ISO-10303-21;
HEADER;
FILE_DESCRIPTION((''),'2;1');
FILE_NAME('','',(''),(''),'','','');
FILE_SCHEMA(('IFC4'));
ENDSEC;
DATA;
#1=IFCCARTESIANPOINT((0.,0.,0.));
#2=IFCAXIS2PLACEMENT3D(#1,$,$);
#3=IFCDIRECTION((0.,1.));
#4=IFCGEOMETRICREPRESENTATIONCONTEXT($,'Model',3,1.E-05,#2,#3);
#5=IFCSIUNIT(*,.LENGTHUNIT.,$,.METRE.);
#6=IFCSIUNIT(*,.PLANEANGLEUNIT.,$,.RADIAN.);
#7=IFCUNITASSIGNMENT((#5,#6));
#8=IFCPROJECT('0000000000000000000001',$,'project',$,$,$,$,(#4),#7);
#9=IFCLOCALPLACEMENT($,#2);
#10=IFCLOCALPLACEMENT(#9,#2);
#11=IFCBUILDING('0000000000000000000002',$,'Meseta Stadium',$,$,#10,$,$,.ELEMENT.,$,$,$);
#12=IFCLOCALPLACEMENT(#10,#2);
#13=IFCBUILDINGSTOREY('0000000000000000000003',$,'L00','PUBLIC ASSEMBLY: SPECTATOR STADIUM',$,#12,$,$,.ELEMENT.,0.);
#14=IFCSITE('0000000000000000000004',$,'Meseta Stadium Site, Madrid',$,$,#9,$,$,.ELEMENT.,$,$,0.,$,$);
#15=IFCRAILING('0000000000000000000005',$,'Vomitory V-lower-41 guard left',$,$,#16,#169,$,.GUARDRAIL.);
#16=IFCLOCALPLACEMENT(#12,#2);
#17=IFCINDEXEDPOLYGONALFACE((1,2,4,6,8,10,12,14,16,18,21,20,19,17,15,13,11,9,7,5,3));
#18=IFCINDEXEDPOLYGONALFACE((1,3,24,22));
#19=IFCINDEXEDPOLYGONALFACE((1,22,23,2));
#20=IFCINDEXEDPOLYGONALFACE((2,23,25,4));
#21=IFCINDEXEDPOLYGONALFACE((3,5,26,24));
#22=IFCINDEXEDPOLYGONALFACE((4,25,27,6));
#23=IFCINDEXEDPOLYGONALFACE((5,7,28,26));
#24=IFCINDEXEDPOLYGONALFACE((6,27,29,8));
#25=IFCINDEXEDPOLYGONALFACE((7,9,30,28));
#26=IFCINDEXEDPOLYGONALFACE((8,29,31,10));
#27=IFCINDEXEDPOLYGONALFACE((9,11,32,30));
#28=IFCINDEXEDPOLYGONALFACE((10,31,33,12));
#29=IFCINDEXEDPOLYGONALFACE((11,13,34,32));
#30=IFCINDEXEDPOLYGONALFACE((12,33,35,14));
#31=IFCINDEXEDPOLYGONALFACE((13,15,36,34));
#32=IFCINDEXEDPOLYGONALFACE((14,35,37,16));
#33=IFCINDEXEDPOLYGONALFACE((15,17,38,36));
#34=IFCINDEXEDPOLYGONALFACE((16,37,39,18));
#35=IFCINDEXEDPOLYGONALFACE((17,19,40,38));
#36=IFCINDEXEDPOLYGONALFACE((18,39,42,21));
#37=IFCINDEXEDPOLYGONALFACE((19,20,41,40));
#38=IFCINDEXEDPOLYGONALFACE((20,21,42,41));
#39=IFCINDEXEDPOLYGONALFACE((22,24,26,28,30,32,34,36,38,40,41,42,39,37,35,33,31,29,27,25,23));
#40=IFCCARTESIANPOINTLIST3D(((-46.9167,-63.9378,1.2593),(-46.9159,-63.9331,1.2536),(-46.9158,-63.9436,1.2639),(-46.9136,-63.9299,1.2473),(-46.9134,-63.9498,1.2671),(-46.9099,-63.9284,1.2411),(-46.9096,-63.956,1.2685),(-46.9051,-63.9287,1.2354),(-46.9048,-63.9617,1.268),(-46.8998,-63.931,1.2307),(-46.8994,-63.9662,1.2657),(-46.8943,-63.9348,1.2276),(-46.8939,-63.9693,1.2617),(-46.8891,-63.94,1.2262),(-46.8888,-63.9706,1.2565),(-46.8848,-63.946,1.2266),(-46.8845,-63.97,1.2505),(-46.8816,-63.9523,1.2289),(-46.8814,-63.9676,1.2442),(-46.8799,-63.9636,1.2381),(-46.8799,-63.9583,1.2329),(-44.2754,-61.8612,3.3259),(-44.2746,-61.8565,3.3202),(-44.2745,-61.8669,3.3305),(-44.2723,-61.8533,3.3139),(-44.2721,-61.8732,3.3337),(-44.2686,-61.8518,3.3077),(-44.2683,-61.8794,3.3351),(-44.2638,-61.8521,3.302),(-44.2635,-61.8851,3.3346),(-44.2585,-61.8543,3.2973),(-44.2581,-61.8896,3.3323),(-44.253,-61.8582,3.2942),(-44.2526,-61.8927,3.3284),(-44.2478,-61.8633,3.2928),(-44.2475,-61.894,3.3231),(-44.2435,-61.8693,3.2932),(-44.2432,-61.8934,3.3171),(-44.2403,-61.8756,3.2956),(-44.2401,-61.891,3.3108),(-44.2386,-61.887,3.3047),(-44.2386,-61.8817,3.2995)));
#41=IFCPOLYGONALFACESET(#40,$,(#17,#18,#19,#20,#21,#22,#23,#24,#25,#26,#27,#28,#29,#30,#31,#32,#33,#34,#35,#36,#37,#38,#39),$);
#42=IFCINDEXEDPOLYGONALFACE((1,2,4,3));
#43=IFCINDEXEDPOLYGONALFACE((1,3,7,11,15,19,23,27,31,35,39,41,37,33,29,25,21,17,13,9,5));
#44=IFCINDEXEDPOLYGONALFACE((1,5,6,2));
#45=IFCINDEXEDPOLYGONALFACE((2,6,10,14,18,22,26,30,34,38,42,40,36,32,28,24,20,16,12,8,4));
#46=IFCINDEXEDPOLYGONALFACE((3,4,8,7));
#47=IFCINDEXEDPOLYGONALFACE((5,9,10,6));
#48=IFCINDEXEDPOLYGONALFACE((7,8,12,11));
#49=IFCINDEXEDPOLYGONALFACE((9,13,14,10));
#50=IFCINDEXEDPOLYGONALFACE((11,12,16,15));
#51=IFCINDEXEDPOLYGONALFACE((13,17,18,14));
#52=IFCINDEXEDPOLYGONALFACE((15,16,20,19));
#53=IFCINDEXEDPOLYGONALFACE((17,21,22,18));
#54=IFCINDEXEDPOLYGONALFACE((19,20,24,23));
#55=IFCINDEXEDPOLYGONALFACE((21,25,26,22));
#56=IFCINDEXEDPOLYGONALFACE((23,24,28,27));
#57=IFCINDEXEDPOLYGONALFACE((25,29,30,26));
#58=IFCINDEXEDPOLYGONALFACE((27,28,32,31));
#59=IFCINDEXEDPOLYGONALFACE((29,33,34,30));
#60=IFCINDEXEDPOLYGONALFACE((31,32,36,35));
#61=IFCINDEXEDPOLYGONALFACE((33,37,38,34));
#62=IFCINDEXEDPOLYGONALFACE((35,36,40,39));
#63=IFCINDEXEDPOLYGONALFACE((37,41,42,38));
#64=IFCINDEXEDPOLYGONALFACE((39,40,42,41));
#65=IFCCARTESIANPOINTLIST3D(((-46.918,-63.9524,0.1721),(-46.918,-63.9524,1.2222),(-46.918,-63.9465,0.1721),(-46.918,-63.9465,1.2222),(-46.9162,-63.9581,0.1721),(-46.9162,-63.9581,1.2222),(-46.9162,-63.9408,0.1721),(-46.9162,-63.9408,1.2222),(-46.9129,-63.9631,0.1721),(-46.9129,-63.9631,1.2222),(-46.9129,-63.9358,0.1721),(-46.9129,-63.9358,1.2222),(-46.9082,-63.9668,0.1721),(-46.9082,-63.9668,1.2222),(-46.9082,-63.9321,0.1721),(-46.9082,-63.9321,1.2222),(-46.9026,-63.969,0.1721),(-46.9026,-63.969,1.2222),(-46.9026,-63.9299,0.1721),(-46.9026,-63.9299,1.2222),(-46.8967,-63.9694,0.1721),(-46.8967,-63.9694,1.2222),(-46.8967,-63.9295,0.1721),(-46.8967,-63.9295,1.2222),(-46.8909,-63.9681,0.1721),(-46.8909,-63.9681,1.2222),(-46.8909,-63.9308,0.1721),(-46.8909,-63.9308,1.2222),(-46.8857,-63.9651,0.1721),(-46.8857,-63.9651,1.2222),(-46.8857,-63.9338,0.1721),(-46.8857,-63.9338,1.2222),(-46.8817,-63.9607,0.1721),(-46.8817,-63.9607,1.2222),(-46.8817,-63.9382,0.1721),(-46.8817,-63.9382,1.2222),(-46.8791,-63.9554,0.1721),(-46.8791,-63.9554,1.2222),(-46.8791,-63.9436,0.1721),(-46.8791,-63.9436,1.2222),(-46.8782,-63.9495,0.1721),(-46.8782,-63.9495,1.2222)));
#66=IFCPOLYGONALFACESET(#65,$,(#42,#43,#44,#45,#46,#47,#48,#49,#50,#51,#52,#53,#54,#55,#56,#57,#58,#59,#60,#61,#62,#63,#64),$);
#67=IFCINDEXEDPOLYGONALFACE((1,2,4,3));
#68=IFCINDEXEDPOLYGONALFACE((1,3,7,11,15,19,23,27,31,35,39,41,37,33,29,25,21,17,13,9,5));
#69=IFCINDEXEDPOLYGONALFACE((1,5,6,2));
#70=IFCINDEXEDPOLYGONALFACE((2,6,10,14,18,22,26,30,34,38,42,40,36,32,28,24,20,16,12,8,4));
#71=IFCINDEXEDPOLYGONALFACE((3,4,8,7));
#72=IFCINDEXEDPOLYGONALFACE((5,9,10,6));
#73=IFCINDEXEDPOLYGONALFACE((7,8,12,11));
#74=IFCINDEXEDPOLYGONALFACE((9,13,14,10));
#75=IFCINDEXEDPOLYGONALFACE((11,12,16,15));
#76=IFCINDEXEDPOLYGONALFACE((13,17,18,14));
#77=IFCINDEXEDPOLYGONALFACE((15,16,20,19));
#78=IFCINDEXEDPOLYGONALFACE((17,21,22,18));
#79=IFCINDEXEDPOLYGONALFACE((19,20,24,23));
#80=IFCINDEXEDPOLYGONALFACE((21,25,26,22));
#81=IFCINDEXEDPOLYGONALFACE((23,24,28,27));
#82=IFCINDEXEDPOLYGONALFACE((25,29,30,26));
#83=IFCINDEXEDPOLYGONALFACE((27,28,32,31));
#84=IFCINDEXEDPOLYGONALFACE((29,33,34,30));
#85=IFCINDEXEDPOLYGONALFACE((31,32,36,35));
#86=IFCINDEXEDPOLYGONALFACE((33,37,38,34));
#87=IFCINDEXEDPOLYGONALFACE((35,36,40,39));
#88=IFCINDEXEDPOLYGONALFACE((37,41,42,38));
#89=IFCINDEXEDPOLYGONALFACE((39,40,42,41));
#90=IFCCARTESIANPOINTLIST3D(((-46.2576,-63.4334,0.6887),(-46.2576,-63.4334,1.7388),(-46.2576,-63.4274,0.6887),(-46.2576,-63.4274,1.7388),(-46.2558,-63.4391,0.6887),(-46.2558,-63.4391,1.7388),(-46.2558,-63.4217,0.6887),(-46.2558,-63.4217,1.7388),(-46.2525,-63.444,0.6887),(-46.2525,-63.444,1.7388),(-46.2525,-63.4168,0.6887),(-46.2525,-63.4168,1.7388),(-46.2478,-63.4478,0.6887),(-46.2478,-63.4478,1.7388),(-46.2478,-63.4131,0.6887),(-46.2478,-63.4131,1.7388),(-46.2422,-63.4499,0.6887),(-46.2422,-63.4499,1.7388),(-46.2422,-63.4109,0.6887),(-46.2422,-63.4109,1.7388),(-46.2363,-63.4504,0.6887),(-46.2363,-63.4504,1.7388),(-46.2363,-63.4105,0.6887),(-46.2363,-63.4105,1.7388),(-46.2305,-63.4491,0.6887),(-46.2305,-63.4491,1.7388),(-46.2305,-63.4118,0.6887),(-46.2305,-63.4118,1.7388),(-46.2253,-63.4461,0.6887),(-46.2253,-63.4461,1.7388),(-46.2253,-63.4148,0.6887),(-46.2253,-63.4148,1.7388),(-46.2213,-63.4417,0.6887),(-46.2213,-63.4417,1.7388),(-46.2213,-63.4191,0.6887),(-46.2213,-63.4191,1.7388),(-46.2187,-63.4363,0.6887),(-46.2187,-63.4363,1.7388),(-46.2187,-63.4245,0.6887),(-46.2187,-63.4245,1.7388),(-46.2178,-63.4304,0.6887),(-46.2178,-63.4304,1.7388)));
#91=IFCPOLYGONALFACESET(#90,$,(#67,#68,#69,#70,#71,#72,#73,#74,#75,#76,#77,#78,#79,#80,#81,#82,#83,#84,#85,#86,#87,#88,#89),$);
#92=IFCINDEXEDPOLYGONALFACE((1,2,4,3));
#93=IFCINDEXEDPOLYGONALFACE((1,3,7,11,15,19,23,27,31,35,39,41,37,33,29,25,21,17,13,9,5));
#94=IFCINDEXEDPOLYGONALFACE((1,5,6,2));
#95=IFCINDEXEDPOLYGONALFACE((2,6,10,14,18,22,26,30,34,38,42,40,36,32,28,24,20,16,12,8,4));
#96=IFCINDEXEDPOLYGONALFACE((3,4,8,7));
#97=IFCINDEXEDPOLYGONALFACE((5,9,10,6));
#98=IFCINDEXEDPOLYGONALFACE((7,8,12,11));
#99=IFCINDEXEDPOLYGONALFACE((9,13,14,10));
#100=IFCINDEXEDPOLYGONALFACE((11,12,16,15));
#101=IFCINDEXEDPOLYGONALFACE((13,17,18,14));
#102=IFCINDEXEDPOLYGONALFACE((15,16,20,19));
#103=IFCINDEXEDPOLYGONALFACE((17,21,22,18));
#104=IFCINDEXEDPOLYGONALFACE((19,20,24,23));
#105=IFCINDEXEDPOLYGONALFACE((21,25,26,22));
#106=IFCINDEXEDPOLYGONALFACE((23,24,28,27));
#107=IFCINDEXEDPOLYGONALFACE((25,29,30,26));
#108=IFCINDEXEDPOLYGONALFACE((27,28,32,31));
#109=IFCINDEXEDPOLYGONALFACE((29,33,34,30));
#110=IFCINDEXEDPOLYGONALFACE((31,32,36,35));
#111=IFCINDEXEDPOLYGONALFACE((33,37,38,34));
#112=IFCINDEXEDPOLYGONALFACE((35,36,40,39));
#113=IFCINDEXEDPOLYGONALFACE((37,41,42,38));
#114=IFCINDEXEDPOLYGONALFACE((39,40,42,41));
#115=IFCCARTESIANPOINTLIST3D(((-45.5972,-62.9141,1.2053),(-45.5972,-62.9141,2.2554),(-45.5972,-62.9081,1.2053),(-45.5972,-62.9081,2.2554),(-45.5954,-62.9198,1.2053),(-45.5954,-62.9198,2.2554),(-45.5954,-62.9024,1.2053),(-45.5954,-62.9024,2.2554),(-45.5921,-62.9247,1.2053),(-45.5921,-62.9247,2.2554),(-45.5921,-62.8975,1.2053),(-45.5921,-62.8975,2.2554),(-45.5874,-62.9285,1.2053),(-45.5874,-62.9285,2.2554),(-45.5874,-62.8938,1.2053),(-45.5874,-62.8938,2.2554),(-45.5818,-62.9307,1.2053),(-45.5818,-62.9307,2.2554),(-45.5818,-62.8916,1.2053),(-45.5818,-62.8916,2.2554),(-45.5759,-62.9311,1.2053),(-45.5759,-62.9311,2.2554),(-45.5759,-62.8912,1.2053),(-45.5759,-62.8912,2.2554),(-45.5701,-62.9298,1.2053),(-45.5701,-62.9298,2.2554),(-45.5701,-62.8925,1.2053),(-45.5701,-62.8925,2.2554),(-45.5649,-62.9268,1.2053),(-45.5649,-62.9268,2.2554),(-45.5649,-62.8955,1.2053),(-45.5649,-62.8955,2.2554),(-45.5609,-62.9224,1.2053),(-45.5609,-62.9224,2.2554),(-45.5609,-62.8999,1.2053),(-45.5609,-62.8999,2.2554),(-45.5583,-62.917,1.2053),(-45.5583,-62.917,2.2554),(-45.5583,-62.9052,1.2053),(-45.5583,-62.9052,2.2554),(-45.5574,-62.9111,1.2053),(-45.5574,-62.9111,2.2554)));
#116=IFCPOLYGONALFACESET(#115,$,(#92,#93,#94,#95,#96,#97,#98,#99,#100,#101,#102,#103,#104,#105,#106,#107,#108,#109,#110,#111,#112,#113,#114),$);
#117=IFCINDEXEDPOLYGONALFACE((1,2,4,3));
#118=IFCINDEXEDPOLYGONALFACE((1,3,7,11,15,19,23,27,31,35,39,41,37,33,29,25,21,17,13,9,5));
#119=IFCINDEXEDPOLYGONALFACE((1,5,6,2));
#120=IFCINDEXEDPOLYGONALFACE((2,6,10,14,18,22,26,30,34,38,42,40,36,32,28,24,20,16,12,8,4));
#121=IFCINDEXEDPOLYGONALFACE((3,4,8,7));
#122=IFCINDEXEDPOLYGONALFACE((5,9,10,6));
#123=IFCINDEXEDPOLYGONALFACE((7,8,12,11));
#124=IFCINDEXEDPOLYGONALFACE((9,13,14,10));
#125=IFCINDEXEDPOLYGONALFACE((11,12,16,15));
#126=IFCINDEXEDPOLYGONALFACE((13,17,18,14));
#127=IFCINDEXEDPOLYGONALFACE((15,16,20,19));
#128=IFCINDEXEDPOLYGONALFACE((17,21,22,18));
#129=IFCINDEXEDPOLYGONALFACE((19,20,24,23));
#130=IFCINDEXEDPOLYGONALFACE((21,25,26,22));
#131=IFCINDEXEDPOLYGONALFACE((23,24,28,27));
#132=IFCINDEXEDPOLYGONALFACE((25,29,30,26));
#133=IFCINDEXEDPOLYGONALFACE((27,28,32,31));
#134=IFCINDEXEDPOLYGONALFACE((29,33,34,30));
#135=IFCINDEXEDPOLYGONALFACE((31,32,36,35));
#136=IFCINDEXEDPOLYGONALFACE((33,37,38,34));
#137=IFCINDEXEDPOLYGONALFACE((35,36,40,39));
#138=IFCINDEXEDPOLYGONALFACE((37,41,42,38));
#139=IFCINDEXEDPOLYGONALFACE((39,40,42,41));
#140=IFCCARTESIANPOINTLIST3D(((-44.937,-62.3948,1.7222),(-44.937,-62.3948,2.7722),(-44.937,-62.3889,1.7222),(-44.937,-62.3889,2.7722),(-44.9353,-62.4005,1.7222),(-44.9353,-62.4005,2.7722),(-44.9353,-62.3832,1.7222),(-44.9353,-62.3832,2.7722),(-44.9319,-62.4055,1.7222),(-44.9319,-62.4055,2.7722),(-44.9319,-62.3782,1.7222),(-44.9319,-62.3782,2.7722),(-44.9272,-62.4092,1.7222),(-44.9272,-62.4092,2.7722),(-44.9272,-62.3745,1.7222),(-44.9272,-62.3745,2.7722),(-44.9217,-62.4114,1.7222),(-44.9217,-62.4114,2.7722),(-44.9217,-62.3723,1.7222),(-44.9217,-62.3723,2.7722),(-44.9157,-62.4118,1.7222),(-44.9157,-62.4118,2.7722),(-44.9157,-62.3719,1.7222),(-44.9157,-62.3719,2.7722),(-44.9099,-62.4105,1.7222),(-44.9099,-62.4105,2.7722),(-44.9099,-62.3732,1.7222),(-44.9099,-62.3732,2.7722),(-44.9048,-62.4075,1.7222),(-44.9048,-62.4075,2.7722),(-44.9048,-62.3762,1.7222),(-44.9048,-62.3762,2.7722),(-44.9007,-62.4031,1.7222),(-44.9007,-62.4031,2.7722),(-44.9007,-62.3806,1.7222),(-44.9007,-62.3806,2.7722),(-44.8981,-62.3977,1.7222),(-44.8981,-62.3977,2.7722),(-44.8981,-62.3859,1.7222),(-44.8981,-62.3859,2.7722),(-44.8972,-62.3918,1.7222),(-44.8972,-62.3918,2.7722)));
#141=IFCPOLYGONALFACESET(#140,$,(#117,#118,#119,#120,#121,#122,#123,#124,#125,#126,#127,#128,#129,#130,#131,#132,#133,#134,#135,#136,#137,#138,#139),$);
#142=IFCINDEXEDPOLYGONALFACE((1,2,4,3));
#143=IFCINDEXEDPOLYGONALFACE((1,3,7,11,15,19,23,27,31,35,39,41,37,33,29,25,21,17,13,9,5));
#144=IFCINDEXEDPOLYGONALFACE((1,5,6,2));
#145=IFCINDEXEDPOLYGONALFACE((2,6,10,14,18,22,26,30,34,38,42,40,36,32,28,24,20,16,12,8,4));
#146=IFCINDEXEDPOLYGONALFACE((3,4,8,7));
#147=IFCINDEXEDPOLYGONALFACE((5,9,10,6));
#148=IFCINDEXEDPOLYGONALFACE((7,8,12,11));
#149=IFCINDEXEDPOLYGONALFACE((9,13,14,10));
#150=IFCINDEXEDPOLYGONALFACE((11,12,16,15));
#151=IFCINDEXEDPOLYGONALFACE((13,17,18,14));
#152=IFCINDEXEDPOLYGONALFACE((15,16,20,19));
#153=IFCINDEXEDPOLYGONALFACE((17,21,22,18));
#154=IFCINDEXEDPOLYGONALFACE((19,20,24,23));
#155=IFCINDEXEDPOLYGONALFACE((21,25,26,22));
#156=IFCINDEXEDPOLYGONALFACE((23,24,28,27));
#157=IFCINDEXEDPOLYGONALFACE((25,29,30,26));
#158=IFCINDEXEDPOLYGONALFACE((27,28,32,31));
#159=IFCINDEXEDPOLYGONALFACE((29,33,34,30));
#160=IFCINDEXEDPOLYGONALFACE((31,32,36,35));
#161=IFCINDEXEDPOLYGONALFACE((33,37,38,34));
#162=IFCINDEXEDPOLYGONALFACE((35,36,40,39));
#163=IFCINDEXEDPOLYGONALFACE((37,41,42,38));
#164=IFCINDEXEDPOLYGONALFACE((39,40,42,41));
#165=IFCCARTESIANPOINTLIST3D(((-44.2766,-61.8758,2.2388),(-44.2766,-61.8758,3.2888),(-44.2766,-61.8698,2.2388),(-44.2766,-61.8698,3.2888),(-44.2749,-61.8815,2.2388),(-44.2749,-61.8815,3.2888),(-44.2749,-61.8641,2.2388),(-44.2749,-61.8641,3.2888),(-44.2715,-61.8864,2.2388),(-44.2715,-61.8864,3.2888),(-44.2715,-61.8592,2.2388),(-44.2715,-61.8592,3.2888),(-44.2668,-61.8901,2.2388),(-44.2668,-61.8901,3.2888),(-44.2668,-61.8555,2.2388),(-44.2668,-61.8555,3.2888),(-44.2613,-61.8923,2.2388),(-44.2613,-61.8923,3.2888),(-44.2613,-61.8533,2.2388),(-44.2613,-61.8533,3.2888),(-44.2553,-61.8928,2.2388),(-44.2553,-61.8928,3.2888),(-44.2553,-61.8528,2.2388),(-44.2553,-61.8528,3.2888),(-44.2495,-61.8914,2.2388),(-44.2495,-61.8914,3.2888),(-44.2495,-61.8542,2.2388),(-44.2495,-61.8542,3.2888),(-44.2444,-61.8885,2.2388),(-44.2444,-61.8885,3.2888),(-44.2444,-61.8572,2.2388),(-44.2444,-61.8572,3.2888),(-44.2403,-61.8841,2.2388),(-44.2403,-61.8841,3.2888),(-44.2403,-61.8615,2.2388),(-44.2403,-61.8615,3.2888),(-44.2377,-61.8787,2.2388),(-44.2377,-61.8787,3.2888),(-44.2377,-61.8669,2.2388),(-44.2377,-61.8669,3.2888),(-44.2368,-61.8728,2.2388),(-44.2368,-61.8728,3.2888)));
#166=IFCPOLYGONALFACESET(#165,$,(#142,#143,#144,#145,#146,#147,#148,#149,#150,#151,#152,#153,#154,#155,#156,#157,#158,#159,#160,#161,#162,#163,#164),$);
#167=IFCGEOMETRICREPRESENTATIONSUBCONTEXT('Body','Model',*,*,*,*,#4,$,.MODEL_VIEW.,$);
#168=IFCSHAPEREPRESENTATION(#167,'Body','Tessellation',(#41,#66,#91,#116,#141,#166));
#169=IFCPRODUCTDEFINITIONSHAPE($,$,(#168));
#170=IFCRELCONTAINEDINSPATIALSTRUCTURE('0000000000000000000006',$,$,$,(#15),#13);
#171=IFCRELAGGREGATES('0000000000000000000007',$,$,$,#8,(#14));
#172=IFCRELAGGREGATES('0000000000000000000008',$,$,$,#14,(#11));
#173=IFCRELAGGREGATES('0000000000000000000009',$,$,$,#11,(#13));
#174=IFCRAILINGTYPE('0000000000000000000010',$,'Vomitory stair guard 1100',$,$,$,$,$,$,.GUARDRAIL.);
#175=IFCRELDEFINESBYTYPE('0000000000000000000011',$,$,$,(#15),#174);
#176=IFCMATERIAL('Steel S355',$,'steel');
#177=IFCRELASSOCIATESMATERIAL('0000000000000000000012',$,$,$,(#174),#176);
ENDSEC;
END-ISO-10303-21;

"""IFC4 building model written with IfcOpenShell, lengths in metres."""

from ifc_helpers import new_model, si_unit, direction, frame, origin, origin_2d, place, context, subcontext, project, spatial, circle, extrude, material, type_object, element, save


model = new_model("IFC4")

# Units and contexts
model_context = context("Model", 3, precision=1e-05, world=origin(), true_north=direction((0.0, 1.0)))
body_context = subcontext(model_context, "Body", "Model", "MODEL_VIEW")
ifc_project = project(units=[si_unit("LENGTHUNIT", "METRE"), si_unit("PLANEANGLEUNIT", "RADIAN")], contexts=[model_context])

# Site, building, storey
site_placement = place(None, origin())
site = spatial("IfcSite", under=ifc_project, at=site_placement, Name="Meseta Stadium Site, Madrid", CompositionType="ELEMENT", RefElevation=0.0)
building_placement = place(site_placement, origin())
building = spatial("IfcBuilding", under=site, at=building_placement, Name="Meseta Stadium", CompositionType="ELEMENT")
storey_placement = place(building_placement, origin())
storey = spatial("IfcBuildingStorey", under=building, at=storey_placement, Name="L00", Description="PUBLIC ASSEMBLY: SPECTATOR STADIUM", CompositionType="ELEMENT", Elevation=0.0)

# Railing
ifc_material_1 = material(Name="Steel S355", Category="steel")
railing_type_1 = type_object("IfcRailingType", Name="Vomitory stair guard 1100", PredefinedType="GUARDRAIL", material=ifc_material_1)
railing_1_placement = place(storey_placement, frame((-46.8982, -63.9495, 0.1721)))
element("IfcRailing", 1, at=railing_1_placement, inside=storey, type_object=railing_type_1, Name="Vomitory V-lower-41 guard left", PredefinedType="GUARDRAIL", context=body_context, shape_type="SweptSolid", body=[
    extrude(circle(Radius=0.0249, at=origin_2d()), frame((0.0, 0.0, 1.0752), z_axis=(0.669604, 0.526449, 0.523911), x_axis=(-0.618062, 0.786129, 0.0)), (0.0, 0.0, 1.0), 3.9446),
    extrude(circle(Radius=0.02, at=origin_2d()), origin(), (0.0, 0.0, 1.0), 1.05),
    extrude(circle(Radius=0.02, at=origin_2d()), frame((0.6604, 0.519, 0.5166)), (0.0, 0.0, 1.0), 1.05),
    extrude(circle(Radius=0.02, at=origin_2d()), frame((1.3208, 1.0383, 1.0332)), (0.0, 0.0, 1.0), 1.05),
    extrude(circle(Radius=0.02, at=origin_2d()), frame((1.981, 1.5576, 1.55)), (0.0, 0.0, 1.0), 1.05),
    extrude(circle(Radius=0.02, at=origin_2d()), frame((2.6414, 2.0767, 2.0667)), (0.0, 0.0, 1.0), 1.05),
])

save(model, "model.ifc")
